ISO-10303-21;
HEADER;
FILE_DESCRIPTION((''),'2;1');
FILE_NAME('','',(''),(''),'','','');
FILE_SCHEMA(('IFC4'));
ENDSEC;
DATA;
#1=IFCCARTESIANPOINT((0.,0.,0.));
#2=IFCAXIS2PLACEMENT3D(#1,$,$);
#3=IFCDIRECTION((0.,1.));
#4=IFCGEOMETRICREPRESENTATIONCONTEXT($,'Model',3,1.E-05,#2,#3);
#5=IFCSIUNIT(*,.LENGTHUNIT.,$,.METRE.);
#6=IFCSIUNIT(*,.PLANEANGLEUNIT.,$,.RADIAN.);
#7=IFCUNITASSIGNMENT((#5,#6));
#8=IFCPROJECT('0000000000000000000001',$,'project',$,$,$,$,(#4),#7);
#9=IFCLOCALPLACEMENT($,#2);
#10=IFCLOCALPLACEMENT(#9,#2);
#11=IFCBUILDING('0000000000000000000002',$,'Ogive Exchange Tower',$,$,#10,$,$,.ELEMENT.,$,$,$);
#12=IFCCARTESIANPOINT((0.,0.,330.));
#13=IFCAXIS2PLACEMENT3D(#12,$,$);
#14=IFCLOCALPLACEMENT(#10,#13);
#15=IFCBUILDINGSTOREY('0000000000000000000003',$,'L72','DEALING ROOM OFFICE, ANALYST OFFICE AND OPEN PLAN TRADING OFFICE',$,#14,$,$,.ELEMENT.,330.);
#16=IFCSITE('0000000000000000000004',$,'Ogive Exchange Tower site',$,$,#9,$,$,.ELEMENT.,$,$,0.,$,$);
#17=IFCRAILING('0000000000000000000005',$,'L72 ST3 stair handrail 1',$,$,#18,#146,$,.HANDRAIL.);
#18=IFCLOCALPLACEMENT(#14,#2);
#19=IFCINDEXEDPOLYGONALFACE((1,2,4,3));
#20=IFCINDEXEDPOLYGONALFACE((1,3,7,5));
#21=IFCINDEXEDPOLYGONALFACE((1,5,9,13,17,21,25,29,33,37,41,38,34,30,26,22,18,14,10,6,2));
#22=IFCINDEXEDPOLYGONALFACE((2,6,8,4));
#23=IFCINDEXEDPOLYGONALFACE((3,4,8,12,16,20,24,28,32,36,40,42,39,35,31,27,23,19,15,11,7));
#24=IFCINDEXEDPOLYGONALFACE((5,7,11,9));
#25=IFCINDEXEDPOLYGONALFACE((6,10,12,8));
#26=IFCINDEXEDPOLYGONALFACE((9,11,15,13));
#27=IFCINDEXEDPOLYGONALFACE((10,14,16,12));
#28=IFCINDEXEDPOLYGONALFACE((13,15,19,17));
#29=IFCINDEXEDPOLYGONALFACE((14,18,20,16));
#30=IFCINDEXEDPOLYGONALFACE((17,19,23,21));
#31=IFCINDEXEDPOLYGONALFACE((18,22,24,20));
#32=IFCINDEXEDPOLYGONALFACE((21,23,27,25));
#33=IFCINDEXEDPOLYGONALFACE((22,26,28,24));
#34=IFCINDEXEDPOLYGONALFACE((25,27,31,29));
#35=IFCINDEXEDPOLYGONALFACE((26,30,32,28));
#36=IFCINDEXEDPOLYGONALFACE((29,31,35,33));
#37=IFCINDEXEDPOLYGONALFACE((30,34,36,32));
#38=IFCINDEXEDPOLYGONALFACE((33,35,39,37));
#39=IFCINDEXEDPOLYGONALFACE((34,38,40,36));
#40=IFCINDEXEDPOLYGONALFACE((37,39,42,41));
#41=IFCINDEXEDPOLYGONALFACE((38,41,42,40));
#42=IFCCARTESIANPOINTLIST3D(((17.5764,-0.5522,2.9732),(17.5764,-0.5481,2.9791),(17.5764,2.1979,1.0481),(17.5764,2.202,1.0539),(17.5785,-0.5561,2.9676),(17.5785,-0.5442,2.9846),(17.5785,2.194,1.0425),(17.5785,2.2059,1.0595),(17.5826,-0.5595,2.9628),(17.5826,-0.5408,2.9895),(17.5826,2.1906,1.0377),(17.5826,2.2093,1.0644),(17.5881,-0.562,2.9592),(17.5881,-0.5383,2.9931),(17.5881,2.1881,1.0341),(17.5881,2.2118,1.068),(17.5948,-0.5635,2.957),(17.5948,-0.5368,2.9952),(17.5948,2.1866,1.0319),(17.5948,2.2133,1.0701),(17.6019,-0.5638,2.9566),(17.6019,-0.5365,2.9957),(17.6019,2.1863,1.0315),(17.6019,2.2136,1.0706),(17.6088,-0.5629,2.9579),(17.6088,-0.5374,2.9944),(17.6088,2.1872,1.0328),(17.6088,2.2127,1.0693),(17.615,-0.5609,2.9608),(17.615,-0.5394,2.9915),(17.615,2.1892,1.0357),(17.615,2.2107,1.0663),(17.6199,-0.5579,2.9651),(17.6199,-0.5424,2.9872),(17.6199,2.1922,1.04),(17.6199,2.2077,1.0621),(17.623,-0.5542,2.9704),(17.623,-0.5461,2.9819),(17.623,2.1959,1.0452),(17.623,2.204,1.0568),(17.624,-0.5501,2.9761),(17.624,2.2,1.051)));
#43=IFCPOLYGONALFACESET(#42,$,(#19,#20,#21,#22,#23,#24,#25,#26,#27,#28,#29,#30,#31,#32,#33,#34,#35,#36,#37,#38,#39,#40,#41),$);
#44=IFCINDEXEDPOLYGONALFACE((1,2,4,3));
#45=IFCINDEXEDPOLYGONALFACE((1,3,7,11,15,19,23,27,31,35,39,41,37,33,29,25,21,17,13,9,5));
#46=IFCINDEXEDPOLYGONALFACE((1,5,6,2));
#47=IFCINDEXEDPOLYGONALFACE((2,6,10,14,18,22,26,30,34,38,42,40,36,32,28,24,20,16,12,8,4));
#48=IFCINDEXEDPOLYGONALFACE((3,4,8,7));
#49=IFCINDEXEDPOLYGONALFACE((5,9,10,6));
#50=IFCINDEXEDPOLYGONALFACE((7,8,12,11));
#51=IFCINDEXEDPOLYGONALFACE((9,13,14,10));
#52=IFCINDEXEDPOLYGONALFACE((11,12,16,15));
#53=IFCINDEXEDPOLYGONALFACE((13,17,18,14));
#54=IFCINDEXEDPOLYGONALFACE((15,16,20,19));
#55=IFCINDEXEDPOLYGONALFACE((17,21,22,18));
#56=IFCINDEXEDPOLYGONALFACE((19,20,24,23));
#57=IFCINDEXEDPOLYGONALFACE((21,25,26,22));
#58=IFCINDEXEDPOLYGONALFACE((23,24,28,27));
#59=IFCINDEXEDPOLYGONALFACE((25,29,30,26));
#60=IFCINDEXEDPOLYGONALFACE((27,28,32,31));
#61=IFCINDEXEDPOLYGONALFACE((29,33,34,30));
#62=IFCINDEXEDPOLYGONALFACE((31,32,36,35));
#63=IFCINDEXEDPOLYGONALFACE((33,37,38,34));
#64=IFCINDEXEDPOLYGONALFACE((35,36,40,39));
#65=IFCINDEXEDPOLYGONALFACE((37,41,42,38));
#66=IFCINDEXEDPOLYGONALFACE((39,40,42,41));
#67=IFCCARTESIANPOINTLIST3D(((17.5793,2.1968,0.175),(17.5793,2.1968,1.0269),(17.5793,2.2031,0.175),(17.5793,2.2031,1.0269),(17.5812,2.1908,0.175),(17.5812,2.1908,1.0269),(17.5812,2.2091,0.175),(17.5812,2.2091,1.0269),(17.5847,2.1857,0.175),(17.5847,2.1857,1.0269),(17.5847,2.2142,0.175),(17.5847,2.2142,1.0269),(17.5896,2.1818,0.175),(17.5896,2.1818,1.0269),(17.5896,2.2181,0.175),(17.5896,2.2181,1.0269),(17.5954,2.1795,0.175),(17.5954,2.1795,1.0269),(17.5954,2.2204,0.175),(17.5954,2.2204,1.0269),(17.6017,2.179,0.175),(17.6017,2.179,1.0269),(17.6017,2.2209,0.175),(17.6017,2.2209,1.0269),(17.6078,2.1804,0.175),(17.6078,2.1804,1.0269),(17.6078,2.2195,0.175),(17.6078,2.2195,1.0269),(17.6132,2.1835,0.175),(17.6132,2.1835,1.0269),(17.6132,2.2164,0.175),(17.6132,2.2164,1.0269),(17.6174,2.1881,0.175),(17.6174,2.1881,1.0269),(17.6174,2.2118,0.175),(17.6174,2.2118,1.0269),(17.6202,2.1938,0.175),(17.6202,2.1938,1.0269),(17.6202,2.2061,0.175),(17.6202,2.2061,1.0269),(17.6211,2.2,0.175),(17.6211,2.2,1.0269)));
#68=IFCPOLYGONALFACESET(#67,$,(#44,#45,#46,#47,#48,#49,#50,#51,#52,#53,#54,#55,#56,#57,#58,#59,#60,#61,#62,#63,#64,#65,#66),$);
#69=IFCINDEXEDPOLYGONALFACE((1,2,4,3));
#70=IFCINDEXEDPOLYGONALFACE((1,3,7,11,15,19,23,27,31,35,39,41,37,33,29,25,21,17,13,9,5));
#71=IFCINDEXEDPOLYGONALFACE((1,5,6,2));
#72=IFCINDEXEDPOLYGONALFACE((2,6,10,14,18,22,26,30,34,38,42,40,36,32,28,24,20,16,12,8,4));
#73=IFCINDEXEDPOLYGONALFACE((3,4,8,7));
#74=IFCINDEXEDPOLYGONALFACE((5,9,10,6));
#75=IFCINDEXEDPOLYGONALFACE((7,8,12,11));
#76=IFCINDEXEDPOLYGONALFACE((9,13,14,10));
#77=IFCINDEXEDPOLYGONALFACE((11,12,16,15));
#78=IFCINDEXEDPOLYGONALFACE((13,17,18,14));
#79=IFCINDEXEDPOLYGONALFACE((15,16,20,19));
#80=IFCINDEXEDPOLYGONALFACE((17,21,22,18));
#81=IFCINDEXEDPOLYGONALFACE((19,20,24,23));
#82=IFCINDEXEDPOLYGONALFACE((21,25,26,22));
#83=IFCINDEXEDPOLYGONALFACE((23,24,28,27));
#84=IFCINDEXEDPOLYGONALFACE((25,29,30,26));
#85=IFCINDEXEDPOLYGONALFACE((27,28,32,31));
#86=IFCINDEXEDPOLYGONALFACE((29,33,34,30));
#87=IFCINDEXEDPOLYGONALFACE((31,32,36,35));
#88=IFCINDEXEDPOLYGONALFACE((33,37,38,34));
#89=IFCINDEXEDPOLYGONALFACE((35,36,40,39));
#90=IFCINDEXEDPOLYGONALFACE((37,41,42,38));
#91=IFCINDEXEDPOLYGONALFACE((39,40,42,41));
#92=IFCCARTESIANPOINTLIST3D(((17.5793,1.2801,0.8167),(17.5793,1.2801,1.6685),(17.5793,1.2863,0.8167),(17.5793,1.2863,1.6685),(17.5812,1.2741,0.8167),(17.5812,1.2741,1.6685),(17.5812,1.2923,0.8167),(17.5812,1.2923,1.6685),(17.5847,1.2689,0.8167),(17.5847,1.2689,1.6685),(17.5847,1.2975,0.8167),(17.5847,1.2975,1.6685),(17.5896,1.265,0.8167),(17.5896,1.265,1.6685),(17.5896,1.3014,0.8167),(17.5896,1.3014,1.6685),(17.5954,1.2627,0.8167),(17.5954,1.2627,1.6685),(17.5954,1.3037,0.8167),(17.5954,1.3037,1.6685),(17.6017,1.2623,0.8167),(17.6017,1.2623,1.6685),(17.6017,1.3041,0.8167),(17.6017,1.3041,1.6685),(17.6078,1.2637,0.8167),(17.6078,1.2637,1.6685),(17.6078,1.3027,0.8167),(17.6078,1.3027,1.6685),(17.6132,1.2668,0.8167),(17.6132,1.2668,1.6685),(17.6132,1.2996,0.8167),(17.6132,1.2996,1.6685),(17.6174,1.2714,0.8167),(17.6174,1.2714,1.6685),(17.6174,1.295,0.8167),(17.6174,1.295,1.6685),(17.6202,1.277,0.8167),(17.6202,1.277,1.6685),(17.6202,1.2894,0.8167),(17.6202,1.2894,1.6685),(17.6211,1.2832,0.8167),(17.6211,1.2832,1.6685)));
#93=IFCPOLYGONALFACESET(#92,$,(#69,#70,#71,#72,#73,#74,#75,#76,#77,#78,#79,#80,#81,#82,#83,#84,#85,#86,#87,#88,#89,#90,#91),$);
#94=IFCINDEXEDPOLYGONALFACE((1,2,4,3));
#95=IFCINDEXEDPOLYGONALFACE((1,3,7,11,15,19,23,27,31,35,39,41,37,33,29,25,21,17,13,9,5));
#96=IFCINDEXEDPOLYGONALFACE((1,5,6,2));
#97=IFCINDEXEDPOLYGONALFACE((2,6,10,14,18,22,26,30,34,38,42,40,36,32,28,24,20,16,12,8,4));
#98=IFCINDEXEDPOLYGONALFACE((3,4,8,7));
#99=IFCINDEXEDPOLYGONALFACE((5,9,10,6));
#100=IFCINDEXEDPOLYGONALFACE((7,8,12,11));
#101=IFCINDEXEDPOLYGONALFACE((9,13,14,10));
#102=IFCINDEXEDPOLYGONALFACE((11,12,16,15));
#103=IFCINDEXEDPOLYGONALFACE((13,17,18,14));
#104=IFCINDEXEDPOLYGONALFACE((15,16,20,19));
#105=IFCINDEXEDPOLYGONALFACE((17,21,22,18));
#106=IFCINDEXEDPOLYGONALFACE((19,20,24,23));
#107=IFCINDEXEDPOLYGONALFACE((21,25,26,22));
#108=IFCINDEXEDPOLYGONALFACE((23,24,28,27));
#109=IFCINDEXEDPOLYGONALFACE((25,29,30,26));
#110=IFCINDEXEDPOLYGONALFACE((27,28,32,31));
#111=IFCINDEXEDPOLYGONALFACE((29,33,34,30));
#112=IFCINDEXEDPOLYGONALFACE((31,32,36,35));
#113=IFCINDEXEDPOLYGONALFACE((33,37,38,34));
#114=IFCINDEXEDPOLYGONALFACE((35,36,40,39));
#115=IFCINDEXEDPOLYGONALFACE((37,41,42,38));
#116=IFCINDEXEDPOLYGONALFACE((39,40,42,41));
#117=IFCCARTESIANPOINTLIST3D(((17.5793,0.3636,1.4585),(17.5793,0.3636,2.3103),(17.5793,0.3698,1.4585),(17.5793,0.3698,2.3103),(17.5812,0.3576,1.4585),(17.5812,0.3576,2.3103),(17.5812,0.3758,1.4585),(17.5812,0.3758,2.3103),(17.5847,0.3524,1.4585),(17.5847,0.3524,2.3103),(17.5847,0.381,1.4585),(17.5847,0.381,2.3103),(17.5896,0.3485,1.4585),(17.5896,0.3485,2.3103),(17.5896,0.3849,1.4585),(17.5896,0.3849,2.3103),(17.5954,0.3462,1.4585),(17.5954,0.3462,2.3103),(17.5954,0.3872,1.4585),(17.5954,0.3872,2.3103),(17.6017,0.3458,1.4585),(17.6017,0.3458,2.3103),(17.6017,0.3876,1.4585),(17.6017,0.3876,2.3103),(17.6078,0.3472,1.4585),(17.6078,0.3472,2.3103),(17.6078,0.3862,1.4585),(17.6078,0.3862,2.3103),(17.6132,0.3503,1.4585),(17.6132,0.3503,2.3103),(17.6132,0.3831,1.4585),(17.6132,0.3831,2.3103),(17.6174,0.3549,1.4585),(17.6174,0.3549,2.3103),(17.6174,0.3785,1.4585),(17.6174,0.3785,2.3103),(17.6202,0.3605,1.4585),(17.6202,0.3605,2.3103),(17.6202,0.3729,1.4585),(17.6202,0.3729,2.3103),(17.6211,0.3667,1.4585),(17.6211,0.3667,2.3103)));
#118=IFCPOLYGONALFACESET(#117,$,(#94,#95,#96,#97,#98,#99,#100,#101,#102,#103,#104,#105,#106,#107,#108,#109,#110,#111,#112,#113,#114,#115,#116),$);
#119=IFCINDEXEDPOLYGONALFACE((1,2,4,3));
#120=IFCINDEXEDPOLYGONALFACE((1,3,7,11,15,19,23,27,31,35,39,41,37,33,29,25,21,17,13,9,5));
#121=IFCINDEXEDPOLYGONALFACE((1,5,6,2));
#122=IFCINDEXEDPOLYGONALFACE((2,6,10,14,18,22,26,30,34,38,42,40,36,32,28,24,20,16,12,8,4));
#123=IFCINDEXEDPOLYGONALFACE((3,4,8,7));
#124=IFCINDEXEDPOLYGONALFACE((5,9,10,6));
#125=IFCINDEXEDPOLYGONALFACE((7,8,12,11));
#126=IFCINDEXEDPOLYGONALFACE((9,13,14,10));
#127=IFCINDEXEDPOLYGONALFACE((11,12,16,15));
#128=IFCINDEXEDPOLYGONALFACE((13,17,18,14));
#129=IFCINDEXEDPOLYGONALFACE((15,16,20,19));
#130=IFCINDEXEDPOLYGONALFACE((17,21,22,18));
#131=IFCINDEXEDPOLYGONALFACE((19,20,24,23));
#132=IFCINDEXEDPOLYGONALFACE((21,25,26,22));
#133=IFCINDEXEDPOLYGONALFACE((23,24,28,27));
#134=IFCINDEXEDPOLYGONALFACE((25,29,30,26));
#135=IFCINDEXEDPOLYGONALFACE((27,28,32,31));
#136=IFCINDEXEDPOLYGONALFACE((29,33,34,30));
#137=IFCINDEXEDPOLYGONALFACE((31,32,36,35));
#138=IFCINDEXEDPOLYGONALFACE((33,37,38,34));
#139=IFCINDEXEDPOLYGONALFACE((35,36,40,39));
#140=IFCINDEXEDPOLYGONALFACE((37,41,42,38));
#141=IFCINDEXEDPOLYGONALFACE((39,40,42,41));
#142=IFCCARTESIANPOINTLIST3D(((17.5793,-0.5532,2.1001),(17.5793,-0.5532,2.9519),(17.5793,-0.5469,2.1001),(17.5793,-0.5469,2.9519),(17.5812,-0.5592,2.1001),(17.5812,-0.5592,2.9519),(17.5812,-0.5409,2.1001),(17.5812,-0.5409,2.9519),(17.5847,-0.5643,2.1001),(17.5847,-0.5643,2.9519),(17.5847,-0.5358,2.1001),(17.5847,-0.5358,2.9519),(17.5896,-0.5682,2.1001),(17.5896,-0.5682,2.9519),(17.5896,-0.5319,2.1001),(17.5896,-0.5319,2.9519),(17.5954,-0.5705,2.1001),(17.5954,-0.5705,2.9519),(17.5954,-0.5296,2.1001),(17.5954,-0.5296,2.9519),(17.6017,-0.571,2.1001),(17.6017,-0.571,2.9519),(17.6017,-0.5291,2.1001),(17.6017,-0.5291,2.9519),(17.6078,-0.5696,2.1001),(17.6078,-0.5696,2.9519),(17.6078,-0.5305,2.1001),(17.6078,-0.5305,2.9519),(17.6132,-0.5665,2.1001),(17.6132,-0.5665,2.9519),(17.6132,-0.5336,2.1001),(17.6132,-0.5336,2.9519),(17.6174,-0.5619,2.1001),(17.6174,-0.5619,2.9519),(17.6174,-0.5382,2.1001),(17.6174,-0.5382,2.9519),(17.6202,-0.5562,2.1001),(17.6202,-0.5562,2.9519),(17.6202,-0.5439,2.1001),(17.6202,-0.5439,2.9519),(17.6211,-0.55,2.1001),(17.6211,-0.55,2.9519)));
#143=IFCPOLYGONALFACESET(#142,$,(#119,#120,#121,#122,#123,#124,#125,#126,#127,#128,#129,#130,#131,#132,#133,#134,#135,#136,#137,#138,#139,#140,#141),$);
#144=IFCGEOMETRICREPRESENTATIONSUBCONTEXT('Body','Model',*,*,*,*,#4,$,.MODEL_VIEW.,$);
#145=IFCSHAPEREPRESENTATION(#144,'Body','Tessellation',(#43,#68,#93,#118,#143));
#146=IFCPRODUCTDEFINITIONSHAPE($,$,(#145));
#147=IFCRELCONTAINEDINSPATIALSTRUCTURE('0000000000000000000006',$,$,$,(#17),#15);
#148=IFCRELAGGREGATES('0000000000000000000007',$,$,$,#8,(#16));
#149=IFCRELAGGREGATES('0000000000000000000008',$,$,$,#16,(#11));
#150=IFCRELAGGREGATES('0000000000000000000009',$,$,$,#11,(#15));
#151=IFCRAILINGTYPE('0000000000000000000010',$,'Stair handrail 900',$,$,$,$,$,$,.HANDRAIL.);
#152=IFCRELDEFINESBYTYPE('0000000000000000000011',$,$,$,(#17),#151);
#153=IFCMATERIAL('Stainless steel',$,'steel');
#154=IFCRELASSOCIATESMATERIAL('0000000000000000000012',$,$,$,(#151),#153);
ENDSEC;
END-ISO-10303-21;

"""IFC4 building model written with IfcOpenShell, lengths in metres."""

from ifc_helpers import new_model, si_unit, direction, frame, origin, origin_2d, place, context, subcontext, project, spatial, circle, extrude, material, type_object, element, save


model = new_model("IFC4")

# Units and contexts
model_context = context("Model", 3, precision=1e-05, world=origin(), true_north=direction((0.0, 1.0)))
body_context = subcontext(model_context, "Body", "Model", "MODEL_VIEW")
ifc_project = project(units=[si_unit("LENGTHUNIT", "METRE"), si_unit("PLANEANGLEUNIT", "RADIAN")], contexts=[model_context])

# Site, building, storey
site_placement = place(None, origin())
site = spatial("IfcSite", under=ifc_project, at=site_placement, Name="Ogive Exchange Tower site", CompositionType="ELEMENT", RefElevation=0.0)
building_placement = place(site_placement, origin())
building = spatial("IfcBuilding", under=site, at=building_placement, Name="Ogive Exchange Tower", CompositionType="ELEMENT")
storey_placement = place(building_placement, frame((0.0, 0.0, 330.0)))
storey = spatial("IfcBuildingStorey", under=building, at=storey_placement, Name="L72", Description="DEALING ROOM OFFICE, ANALYST OFFICE AND OPEN PLAN TRADING OFFICE", CompositionType="ELEMENT", Elevation=330.0)

# Shared definitions
ifc_material_1 = material(Name="Stainless steel", Category="steel")

# Railing
railing_type = type_object("IfcRailingType", Name="Stair handrail 900", PredefinedType="HANDRAIL", material=ifc_material_1)
railing_1_placement = place(storey_placement, frame((17.6001, 2.2, 0.175)))
element("IfcRailing", 1, at=railing_1_placement, inside=storey, type_object=railing_type, Name="L72 ST3 stair handrail 1", PredefinedType="HANDRAIL", context=body_context, shape_type="SweptSolid", body=[
    extrude(circle(Radius=0.0239, at=origin_2d()), frame((0.0, 0.0, 0.876), z_axis=(0.0, -0.819225, 0.573472), x_axis=(1.0, 0.0, 0.0)), (0.0, 0.0, 1.0), 3.3569),
    extrude(circle(Radius=0.021, at=origin_2d()), origin(), (0.0, 0.0, 1.0), 0.8518),
    extrude(circle(Radius=0.021, at=origin_2d()), frame((0.0, -0.9167, 0.6416)), (0.0, 0.0, 1.0), 0.8518),
    extrude(circle(Radius=0.021, at=origin_2d()), frame((0.0, -1.8333, 1.2834)), (0.0, 0.0, 1.0), 0.8518),
    extrude(circle(Radius=0.021, at=origin_2d()), frame((0.0, -2.75, 1.925)), (0.0, 0.0, 1.0), 0.8518),
])

save(model, "model.ifc")
